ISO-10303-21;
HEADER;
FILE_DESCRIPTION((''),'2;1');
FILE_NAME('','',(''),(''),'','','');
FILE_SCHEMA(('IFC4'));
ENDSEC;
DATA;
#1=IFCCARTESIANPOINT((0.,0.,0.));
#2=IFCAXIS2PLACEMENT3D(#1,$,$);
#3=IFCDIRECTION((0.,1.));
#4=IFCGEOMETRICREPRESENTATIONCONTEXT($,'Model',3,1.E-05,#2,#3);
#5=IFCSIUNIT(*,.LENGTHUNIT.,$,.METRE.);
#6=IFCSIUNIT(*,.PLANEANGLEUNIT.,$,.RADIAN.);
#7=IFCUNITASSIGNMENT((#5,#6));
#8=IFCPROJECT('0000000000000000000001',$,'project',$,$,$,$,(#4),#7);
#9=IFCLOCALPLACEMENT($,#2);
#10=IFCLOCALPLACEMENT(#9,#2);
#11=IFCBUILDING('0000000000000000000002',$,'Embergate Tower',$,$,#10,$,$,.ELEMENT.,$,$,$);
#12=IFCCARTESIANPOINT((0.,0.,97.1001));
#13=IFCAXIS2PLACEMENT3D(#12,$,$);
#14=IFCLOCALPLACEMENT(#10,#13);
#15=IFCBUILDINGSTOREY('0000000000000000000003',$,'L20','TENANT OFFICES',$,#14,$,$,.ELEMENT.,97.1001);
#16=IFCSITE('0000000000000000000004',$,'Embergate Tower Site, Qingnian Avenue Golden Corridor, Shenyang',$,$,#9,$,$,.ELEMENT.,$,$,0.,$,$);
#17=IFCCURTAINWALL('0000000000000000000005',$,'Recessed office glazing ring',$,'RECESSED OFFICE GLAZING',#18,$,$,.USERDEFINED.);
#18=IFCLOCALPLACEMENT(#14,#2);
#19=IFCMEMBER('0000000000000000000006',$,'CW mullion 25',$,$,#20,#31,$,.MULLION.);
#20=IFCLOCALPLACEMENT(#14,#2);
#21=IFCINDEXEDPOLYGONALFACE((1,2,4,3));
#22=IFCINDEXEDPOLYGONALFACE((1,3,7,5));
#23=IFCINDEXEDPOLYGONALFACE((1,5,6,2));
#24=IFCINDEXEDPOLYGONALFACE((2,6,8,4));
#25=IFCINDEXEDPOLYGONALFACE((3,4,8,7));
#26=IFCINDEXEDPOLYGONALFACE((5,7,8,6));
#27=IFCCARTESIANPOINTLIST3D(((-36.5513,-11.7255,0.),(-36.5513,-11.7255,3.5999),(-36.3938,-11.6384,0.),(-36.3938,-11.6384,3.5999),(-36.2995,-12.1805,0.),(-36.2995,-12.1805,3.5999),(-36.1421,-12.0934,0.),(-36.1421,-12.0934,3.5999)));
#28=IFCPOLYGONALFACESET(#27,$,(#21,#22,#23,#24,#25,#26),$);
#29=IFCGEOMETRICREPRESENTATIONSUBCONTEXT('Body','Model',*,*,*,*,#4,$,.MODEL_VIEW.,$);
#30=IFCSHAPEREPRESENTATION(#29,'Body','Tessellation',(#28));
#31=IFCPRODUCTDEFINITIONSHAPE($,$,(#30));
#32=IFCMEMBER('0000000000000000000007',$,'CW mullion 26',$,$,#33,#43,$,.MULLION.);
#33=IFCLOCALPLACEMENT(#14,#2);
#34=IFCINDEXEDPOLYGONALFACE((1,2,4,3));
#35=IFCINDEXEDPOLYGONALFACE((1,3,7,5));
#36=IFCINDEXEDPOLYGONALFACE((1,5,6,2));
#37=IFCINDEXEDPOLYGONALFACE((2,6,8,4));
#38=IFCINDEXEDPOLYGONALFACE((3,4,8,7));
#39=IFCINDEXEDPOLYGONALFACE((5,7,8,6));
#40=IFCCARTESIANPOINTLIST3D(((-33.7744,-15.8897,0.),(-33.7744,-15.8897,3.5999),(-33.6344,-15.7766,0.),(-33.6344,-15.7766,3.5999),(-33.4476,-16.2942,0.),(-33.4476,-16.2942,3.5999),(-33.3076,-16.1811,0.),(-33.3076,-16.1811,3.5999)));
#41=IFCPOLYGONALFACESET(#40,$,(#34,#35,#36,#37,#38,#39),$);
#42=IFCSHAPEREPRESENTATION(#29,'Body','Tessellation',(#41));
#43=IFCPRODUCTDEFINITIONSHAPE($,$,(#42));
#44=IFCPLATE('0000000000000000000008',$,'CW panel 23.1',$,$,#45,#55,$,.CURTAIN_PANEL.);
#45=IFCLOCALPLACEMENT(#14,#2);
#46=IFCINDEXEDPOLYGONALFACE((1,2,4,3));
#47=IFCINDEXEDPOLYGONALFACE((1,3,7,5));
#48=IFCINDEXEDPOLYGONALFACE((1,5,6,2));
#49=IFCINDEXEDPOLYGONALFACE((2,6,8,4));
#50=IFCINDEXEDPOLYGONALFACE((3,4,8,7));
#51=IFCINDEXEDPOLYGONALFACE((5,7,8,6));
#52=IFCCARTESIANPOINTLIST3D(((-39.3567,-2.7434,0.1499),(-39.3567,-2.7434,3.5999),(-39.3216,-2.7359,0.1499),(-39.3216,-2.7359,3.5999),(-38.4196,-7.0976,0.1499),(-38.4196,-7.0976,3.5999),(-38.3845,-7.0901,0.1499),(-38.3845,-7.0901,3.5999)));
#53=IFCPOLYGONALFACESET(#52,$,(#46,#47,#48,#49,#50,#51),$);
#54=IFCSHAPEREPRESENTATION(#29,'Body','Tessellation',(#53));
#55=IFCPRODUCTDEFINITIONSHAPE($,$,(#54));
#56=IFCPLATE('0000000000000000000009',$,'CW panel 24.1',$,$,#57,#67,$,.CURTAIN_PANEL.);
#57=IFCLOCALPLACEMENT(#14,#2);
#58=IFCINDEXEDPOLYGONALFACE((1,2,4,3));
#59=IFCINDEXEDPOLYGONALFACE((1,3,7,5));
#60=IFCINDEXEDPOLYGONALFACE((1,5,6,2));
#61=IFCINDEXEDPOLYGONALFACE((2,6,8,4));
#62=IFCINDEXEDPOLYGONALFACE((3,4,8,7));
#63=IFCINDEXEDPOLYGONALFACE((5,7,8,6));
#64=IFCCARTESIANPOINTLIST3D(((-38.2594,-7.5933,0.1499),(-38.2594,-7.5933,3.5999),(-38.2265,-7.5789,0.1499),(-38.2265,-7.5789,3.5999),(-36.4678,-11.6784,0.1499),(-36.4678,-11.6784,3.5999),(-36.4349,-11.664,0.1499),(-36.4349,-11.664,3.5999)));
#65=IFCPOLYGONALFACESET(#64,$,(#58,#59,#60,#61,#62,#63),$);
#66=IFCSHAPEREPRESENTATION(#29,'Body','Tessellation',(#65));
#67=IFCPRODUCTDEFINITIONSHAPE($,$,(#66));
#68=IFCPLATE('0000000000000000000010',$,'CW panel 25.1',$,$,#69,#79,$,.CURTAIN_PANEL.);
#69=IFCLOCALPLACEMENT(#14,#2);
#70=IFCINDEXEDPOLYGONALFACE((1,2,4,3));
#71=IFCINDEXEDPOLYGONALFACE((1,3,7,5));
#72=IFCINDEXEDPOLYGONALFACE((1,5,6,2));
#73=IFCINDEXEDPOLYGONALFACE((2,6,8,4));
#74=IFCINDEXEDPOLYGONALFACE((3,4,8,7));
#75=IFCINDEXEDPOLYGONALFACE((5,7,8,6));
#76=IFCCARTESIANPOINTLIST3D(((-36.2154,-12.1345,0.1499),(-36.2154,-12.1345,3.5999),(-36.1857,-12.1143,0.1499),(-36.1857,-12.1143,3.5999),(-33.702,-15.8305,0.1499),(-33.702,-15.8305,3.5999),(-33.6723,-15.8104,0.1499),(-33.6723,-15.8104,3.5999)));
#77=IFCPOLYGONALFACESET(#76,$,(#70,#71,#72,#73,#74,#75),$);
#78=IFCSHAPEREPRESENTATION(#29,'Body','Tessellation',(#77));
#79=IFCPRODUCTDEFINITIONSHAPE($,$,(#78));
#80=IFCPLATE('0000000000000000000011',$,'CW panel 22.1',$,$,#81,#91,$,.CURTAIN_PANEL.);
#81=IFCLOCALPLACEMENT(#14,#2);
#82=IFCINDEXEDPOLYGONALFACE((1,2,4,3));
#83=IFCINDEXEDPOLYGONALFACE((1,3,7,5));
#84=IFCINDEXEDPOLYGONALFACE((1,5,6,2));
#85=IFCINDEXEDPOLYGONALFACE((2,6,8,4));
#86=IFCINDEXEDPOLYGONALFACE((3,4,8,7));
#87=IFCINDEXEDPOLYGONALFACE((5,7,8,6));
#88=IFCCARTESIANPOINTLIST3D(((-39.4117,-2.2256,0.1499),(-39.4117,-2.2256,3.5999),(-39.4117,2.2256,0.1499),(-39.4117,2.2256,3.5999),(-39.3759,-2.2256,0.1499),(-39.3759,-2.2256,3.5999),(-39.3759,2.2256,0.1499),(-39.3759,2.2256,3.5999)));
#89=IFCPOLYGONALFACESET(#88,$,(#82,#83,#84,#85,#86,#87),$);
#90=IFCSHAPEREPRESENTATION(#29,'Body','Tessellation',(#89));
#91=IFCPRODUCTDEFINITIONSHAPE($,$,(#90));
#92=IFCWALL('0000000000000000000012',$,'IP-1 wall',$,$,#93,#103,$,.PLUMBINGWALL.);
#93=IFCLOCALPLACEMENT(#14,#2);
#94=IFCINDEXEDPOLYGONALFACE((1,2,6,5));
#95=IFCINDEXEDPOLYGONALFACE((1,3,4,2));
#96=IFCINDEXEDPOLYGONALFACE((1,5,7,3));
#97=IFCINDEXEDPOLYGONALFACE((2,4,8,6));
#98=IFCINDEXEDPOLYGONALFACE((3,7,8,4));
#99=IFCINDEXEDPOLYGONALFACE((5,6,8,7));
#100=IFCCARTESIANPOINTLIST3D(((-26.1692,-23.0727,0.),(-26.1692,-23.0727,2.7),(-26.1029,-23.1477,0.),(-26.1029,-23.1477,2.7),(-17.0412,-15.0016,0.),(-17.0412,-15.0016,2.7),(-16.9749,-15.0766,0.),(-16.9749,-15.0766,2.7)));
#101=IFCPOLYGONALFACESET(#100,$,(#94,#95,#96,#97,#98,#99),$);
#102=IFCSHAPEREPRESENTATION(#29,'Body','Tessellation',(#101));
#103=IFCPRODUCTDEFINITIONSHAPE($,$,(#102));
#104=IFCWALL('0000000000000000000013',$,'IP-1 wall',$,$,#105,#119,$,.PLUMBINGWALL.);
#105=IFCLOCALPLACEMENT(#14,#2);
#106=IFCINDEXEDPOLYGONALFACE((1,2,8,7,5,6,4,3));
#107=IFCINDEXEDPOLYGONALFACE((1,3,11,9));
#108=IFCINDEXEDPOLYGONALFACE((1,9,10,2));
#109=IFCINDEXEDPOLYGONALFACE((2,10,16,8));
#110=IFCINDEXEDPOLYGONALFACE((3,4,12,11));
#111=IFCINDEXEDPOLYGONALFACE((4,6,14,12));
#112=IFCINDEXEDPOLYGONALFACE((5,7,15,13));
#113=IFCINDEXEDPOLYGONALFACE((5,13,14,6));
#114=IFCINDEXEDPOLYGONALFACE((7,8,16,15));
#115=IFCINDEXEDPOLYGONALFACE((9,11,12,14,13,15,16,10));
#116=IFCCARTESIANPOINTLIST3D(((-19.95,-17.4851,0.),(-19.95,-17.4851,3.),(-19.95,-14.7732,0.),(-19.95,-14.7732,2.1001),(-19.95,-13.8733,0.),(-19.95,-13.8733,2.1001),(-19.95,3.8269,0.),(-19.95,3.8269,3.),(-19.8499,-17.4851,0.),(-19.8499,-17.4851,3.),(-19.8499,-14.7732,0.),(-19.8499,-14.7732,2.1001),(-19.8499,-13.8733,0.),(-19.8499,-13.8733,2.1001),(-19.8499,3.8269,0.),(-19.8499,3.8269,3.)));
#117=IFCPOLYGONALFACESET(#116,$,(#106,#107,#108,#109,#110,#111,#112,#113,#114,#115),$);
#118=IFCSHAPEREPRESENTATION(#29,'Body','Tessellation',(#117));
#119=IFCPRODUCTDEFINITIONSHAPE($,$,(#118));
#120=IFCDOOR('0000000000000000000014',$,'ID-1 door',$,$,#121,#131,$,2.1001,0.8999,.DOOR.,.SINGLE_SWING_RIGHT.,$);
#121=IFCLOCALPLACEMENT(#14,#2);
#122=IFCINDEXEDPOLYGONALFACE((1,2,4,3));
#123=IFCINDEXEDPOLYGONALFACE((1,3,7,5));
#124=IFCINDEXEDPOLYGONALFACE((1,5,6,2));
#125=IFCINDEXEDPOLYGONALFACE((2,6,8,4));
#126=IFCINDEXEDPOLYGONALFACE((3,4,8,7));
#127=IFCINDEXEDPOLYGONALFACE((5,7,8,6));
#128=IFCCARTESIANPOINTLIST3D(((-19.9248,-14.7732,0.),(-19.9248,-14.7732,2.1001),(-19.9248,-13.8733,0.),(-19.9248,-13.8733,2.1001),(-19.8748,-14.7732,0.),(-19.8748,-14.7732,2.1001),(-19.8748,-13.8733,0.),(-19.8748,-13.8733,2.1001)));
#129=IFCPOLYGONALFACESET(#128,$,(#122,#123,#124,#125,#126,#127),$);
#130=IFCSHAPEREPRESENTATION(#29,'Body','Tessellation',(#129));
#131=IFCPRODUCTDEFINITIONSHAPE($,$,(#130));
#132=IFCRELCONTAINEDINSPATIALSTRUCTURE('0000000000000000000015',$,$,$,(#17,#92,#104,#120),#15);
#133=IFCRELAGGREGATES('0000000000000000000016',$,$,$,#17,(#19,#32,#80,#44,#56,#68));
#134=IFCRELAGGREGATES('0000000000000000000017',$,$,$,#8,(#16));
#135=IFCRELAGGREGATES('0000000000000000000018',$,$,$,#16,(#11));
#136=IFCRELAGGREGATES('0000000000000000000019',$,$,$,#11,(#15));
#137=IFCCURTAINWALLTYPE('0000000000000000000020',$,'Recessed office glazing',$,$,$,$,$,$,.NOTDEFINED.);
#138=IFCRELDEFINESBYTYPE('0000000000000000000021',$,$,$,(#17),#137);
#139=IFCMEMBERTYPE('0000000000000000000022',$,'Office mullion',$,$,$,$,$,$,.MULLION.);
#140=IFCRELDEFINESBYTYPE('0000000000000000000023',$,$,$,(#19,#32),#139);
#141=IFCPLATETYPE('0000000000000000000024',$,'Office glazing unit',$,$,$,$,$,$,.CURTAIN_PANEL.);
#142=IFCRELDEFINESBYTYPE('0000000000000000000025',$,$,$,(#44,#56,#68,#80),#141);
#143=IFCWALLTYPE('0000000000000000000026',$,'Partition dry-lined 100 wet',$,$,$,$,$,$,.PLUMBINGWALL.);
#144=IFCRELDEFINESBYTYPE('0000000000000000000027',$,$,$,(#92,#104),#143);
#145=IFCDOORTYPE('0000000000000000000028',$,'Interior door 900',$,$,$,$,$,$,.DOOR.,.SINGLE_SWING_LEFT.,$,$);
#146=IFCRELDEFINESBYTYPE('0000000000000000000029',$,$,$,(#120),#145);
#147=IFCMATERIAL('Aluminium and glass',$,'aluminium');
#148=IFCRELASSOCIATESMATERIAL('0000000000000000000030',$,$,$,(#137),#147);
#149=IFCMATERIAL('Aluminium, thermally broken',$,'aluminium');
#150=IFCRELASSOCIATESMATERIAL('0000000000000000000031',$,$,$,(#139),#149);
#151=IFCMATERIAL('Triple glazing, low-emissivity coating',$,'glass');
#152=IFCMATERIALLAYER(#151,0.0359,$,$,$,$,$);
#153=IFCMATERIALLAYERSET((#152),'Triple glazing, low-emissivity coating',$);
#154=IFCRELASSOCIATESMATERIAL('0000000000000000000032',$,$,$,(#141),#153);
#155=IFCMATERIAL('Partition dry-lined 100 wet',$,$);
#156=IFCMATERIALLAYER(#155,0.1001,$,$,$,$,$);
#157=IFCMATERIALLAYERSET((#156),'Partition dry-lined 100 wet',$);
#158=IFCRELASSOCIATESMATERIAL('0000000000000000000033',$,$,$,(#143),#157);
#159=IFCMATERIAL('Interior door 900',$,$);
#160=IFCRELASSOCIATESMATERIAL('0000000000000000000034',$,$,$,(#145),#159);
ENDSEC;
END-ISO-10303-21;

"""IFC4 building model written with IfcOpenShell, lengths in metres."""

from ifc_helpers import new_model, si_unit, direction, frame, frame_2d, origin, origin_2d, place, context, subcontext, project, spatial, rectangle, extrude, source, transform, mapped, material, layer, layer_set, material_profile, profile_set, type_object, element, fill, aggregate, save


model = new_model("IFC4")

# Units and contexts
model_context = context("Model", 3, precision=1e-05, world=origin(), true_north=direction((0.0, 1.0)))
body_context = subcontext(model_context, "Body", "Model", "MODEL_VIEW")
ifc_project = project(units=[si_unit("LENGTHUNIT", "METRE"), si_unit("PLANEANGLEUNIT", "RADIAN")], contexts=[model_context])

# Site, building, storey
site_placement = place(None, origin())
site = spatial("IfcSite", under=ifc_project, at=site_placement, Name="Embergate Tower Site, Qingnian Avenue Golden Corridor, Shenyang", CompositionType="ELEMENT", RefElevation=0.0)
building_placement = place(site_placement, origin())
building = spatial("IfcBuilding", under=site, at=building_placement, Name="Embergate Tower", CompositionType="ELEMENT")
storey_placement = place(building_placement, frame((0.0, 0.0, 97.1001)))
storey = spatial("IfcBuildingStorey", under=building, at=storey_placement, Name="L20", Description="TENANT OFFICES", CompositionType="ELEMENT", Elevation=97.1001)

# Curtain wall, members, plates
ifc_material_1 = material(Name="Aluminium and glass", Category="aluminium")
curtain_wall_type = type_object("IfcCurtainWallType", Name="Recessed office glazing", PredefinedType="NOTDEFINED", material=ifc_material_1)
curtain_wall_placement = place(storey_placement, origin())
curtain_wall = element("IfcCurtainWall", 1, at=curtain_wall_placement, inside=storey, type_object=curtain_wall_type, Name="Recessed office glazing ring", ObjectType="RECESSED OFFICE GLAZING", PredefinedType="USERDEFINED")
ifc_material_2 = material(Name="Aluminium, thermally broken", Category="aluminium")
ifc_material_profile_1 = material_profile(ifc_material_2, rectangle(XDim=0.1799, YDim=0.52, at=origin_2d()), Name="AL 520x180")
ifc_profile_set_1 = profile_set([ifc_material_profile_1], Name="Aluminium, thermally broken")
member_type_1 = type_object("IfcMemberType", Name="Office mullion", PredefinedType="MULLION", material=ifc_profile_set_1)
shared_shape_1 = source(origin(), body_context, "Body", "SweptSolid", [
    extrude(rectangle(XDim=0.1799, YDim=0.52, at=origin_2d()), origin(), (0.0, 0.0, 1.0), 3.5999),
])
member_1_placement = place(storey_placement, frame((-36.3467, -11.9094, 0.0), z_axis=(0.0, 0.0, 1.0), x_axis=(0.87501, 0.484104, 0.0)))
member_1 = element("IfcMember", 2, at=member_1_placement, type_object=member_type_1, Name="CW mullion 25", PredefinedType="MULLION", context=body_context, shape_type="MappedRepresentation", body=[
    mapped(shared_shape_1, transform((0.0, 0.0, 0.0))),
])
member_2_placement = place(storey_placement, frame((-33.541, -16.0354, 0.0), z_axis=(0.0, 0.0, 1.0), x_axis=(0.777884, 0.628408, 0.0)))
member_2 = element("IfcMember", 3, at=member_2_placement, type_object=member_type_1, Name="CW mullion 26", PredefinedType="MULLION", context=body_context, shape_type="MappedRepresentation", body=[
    mapped(shared_shape_1, transform((0.0, 0.0, 0.0))),
])
ifc_material_3 = material(Name="Triple glazing, low-emissivity coating", Category="glass")
ifc_layer_1 = layer(ifc_material_3, 0.0359)
ifc_layer_set_1 = layer_set([ifc_layer_1], Name="Triple glazing, low-emissivity coating")
plate_type = type_object("IfcPlateType", Name="Office glazing unit", PredefinedType="CURTAIN_PANEL", material=ifc_layer_set_1)
shared_shape_2 = source(origin(), body_context, "Body", "SweptSolid", [
    extrude(rectangle(XDim=4.4539, YDim=0.0359, at=origin_2d()), origin(), (0.0, 0.0, 1.0), 3.45),
])
plate_1_placement = place(storey_placement, frame((-38.8706, -4.9167, 0.1499), z_axis=(0.0, 0.0, 1.0), x_axis=(0.210392, -0.977617, 0.0)))
plate_1 = element("IfcPlate", 4, at=plate_1_placement, type_object=plate_type, Name="CW panel 23.1", PredefinedType="CURTAIN_PANEL", context=body_context, shape_type="MappedRepresentation", body=[
    mapped(shared_shape_2, transform((0.0, 0.0, 0.0))),
])
shared_shape_3 = source(origin(), body_context, "Body", "SweptSolid", [
    extrude(rectangle(XDim=4.4607, YDim=0.0359, at=origin_2d()), origin(), (0.0, 0.0, 1.0), 3.45),
])
plate_2_placement = place(storey_placement, frame((-37.3472, -9.6287, 0.1499), z_axis=(0.0, 0.0, 1.0), x_axis=(0.401644, -0.915796, 0.0)))
plate_2 = element("IfcPlate", 5, at=plate_2_placement, type_object=plate_type, Name="CW panel 24.1", PredefinedType="CURTAIN_PANEL", context=body_context, shape_type="MappedRepresentation", body=[
    mapped(shared_shape_3, transform((0.0, 0.0, 0.0))),
])
shared_shape_4 = source(origin(), body_context, "Body", "SweptSolid", [
    extrude(rectangle(XDim=4.4697, YDim=0.0359, at=origin_2d()), origin(), (0.0, 0.0, 1.0), 3.45),
])
plate_3_placement = place(storey_placement, frame((-34.9438, -13.9724, 0.1499), z_axis=(0.0, 0.0, 1.0), x_axis=(0.562332, -0.826912, 0.0)))
plate_3 = element("IfcPlate", 6, at=plate_3_placement, type_object=plate_type, Name="CW panel 25.1", PredefinedType="CURTAIN_PANEL", context=body_context, shape_type="MappedRepresentation", body=[
    mapped(shared_shape_4, transform((0.0, 0.0, 0.0))),
])
shared_shape_5 = source(origin(), body_context, "Body", "SweptSolid", [
    extrude(rectangle(XDim=4.4512, YDim=0.0359, at=origin_2d()), origin(), (0.0, 0.0, 1.0), 3.45),
])
plate_4_placement = place(storey_placement, frame((-39.3938, 0.0, 0.1499), z_axis=(0.0, 0.0, 1.0), x_axis=(0.0, -1.0, 0.0)))
plate_4 = element("IfcPlate", 7, at=plate_4_placement, type_object=plate_type, Name="CW panel 22.1", PredefinedType="CURTAIN_PANEL", context=body_context, shape_type="MappedRepresentation", body=[
    mapped(shared_shape_5, transform((0.0, 0.0, 0.0))),
])
aggregate(curtain_wall, [member_1, member_2, plate_4, plate_1, plate_2, plate_3])

# Wall
ifc_material_4 = material(Name="Partition dry-lined 100 wet")
ifc_layer_2 = layer(ifc_material_4, 0.1001)
ifc_layer_set_2 = layer_set([ifc_layer_2], Name="Partition dry-lined 100 wet")
wall_type = type_object("IfcWallType", Name="Partition dry-lined 100 wet", PredefinedType="PLUMBINGWALL", material=ifc_layer_set_2)
shared_shape_6 = source(origin(), body_context, "Body", "SweptSolid", [
    extrude(rectangle(XDim=12.1846, YDim=0.1001, at=frame_2d((6.0923, 0.0))), origin(), (0.0, 0.0, 1.0), 2.7),
])
wall_1_placement = place(storey_placement, frame((-17.0081, -15.0391, 0.0), z_axis=(0.0, 0.0, 1.0), x_axis=(-0.749146, -0.662405, 0.0)))
element("IfcWall", 8, at=wall_1_placement, inside=storey, type_object=wall_type, Name="IP-1 wall", PredefinedType="PLUMBINGWALL", context=body_context, shape_type="MappedRepresentation", body=[
    mapped(shared_shape_6, transform((0.0, 0.0, 0.0))),
])

# Wall, opening, door
shared_shape_7 = source(origin(), body_context, "Body", "SweptSolid", [
    extrude(rectangle(XDim=21.312, YDim=0.1001, at=frame_2d((10.656, 0.0))), origin(), (0.0, 0.0, 1.0), 3.0),
])
wall_2_placement = place(storey_placement, frame((-19.8999, -17.4851, 0.0), z_axis=(0.0, 0.0, 1.0), x_axis=(0.0, 1.0, 0.0)))
wall_2 = element("IfcWall", 9, at=wall_2_placement, inside=storey, type_object=wall_type, Name="IP-1 wall", PredefinedType="PLUMBINGWALL", context=body_context, shape_type="MappedRepresentation", body=[
    mapped(shared_shape_7, transform((0.0, 0.0, 0.0))),
])
shared_shape_8 = source(origin(), body_context, "Body", "SweptSolid", [
    extrude(rectangle(XDim=0.8999, YDim=2.1001, at=frame_2d((0.45, 1.05))), frame((0.0, 0.0601, 0.0), z_axis=(0.0, -1.0, 0.0), x_axis=(1.0, 0.0, 0.0)), (0.0, 0.0, 1.0), 0.1201),
])
opening_placement = place(wall_2_placement, frame((2.7119, 0.0, 0.0)))
opening = element("IfcOpeningElement", 10, at=opening_placement, cuts=wall_2, PredefinedType="OPENING", context=body_context, shape_type="MappedRepresentation", body=[
    mapped(shared_shape_8, transform((0.0, 0.0, 0.0))),
])
ifc_material_5 = material(Name="Interior door 900")
door_type = type_object("IfcDoorType", Name="Interior door 900", OperationType="SINGLE_SWING_LEFT", PredefinedType="DOOR", material=ifc_material_5)
shared_shape_9 = source(origin(), body_context, "Body", "SweptSolid", [
    extrude(rectangle(XDim=0.8999, YDim=2.1001, at=frame_2d((0.45, 1.05))), frame((0.0, 0.0249, 0.0), z_axis=(0.0, -1.0, 0.0), x_axis=(1.0, 0.0, 0.0)), (0.0, 0.0, 1.0), 0.05),
])
door_placement = place(opening_placement, origin())
door = element("IfcDoor", 11, at=door_placement, inside=storey, type_object=door_type, Name="ID-1 door", OperationType="SINGLE_SWING_RIGHT", OverallHeight=2.1001, OverallWidth=0.8999, PredefinedType="DOOR", context=body_context, shape_type="MappedRepresentation", body=[
    mapped(shared_shape_9, transform((0.0, 0.0, 0.0))),
])
fill(opening, door)

save(model, "model.ifc")
